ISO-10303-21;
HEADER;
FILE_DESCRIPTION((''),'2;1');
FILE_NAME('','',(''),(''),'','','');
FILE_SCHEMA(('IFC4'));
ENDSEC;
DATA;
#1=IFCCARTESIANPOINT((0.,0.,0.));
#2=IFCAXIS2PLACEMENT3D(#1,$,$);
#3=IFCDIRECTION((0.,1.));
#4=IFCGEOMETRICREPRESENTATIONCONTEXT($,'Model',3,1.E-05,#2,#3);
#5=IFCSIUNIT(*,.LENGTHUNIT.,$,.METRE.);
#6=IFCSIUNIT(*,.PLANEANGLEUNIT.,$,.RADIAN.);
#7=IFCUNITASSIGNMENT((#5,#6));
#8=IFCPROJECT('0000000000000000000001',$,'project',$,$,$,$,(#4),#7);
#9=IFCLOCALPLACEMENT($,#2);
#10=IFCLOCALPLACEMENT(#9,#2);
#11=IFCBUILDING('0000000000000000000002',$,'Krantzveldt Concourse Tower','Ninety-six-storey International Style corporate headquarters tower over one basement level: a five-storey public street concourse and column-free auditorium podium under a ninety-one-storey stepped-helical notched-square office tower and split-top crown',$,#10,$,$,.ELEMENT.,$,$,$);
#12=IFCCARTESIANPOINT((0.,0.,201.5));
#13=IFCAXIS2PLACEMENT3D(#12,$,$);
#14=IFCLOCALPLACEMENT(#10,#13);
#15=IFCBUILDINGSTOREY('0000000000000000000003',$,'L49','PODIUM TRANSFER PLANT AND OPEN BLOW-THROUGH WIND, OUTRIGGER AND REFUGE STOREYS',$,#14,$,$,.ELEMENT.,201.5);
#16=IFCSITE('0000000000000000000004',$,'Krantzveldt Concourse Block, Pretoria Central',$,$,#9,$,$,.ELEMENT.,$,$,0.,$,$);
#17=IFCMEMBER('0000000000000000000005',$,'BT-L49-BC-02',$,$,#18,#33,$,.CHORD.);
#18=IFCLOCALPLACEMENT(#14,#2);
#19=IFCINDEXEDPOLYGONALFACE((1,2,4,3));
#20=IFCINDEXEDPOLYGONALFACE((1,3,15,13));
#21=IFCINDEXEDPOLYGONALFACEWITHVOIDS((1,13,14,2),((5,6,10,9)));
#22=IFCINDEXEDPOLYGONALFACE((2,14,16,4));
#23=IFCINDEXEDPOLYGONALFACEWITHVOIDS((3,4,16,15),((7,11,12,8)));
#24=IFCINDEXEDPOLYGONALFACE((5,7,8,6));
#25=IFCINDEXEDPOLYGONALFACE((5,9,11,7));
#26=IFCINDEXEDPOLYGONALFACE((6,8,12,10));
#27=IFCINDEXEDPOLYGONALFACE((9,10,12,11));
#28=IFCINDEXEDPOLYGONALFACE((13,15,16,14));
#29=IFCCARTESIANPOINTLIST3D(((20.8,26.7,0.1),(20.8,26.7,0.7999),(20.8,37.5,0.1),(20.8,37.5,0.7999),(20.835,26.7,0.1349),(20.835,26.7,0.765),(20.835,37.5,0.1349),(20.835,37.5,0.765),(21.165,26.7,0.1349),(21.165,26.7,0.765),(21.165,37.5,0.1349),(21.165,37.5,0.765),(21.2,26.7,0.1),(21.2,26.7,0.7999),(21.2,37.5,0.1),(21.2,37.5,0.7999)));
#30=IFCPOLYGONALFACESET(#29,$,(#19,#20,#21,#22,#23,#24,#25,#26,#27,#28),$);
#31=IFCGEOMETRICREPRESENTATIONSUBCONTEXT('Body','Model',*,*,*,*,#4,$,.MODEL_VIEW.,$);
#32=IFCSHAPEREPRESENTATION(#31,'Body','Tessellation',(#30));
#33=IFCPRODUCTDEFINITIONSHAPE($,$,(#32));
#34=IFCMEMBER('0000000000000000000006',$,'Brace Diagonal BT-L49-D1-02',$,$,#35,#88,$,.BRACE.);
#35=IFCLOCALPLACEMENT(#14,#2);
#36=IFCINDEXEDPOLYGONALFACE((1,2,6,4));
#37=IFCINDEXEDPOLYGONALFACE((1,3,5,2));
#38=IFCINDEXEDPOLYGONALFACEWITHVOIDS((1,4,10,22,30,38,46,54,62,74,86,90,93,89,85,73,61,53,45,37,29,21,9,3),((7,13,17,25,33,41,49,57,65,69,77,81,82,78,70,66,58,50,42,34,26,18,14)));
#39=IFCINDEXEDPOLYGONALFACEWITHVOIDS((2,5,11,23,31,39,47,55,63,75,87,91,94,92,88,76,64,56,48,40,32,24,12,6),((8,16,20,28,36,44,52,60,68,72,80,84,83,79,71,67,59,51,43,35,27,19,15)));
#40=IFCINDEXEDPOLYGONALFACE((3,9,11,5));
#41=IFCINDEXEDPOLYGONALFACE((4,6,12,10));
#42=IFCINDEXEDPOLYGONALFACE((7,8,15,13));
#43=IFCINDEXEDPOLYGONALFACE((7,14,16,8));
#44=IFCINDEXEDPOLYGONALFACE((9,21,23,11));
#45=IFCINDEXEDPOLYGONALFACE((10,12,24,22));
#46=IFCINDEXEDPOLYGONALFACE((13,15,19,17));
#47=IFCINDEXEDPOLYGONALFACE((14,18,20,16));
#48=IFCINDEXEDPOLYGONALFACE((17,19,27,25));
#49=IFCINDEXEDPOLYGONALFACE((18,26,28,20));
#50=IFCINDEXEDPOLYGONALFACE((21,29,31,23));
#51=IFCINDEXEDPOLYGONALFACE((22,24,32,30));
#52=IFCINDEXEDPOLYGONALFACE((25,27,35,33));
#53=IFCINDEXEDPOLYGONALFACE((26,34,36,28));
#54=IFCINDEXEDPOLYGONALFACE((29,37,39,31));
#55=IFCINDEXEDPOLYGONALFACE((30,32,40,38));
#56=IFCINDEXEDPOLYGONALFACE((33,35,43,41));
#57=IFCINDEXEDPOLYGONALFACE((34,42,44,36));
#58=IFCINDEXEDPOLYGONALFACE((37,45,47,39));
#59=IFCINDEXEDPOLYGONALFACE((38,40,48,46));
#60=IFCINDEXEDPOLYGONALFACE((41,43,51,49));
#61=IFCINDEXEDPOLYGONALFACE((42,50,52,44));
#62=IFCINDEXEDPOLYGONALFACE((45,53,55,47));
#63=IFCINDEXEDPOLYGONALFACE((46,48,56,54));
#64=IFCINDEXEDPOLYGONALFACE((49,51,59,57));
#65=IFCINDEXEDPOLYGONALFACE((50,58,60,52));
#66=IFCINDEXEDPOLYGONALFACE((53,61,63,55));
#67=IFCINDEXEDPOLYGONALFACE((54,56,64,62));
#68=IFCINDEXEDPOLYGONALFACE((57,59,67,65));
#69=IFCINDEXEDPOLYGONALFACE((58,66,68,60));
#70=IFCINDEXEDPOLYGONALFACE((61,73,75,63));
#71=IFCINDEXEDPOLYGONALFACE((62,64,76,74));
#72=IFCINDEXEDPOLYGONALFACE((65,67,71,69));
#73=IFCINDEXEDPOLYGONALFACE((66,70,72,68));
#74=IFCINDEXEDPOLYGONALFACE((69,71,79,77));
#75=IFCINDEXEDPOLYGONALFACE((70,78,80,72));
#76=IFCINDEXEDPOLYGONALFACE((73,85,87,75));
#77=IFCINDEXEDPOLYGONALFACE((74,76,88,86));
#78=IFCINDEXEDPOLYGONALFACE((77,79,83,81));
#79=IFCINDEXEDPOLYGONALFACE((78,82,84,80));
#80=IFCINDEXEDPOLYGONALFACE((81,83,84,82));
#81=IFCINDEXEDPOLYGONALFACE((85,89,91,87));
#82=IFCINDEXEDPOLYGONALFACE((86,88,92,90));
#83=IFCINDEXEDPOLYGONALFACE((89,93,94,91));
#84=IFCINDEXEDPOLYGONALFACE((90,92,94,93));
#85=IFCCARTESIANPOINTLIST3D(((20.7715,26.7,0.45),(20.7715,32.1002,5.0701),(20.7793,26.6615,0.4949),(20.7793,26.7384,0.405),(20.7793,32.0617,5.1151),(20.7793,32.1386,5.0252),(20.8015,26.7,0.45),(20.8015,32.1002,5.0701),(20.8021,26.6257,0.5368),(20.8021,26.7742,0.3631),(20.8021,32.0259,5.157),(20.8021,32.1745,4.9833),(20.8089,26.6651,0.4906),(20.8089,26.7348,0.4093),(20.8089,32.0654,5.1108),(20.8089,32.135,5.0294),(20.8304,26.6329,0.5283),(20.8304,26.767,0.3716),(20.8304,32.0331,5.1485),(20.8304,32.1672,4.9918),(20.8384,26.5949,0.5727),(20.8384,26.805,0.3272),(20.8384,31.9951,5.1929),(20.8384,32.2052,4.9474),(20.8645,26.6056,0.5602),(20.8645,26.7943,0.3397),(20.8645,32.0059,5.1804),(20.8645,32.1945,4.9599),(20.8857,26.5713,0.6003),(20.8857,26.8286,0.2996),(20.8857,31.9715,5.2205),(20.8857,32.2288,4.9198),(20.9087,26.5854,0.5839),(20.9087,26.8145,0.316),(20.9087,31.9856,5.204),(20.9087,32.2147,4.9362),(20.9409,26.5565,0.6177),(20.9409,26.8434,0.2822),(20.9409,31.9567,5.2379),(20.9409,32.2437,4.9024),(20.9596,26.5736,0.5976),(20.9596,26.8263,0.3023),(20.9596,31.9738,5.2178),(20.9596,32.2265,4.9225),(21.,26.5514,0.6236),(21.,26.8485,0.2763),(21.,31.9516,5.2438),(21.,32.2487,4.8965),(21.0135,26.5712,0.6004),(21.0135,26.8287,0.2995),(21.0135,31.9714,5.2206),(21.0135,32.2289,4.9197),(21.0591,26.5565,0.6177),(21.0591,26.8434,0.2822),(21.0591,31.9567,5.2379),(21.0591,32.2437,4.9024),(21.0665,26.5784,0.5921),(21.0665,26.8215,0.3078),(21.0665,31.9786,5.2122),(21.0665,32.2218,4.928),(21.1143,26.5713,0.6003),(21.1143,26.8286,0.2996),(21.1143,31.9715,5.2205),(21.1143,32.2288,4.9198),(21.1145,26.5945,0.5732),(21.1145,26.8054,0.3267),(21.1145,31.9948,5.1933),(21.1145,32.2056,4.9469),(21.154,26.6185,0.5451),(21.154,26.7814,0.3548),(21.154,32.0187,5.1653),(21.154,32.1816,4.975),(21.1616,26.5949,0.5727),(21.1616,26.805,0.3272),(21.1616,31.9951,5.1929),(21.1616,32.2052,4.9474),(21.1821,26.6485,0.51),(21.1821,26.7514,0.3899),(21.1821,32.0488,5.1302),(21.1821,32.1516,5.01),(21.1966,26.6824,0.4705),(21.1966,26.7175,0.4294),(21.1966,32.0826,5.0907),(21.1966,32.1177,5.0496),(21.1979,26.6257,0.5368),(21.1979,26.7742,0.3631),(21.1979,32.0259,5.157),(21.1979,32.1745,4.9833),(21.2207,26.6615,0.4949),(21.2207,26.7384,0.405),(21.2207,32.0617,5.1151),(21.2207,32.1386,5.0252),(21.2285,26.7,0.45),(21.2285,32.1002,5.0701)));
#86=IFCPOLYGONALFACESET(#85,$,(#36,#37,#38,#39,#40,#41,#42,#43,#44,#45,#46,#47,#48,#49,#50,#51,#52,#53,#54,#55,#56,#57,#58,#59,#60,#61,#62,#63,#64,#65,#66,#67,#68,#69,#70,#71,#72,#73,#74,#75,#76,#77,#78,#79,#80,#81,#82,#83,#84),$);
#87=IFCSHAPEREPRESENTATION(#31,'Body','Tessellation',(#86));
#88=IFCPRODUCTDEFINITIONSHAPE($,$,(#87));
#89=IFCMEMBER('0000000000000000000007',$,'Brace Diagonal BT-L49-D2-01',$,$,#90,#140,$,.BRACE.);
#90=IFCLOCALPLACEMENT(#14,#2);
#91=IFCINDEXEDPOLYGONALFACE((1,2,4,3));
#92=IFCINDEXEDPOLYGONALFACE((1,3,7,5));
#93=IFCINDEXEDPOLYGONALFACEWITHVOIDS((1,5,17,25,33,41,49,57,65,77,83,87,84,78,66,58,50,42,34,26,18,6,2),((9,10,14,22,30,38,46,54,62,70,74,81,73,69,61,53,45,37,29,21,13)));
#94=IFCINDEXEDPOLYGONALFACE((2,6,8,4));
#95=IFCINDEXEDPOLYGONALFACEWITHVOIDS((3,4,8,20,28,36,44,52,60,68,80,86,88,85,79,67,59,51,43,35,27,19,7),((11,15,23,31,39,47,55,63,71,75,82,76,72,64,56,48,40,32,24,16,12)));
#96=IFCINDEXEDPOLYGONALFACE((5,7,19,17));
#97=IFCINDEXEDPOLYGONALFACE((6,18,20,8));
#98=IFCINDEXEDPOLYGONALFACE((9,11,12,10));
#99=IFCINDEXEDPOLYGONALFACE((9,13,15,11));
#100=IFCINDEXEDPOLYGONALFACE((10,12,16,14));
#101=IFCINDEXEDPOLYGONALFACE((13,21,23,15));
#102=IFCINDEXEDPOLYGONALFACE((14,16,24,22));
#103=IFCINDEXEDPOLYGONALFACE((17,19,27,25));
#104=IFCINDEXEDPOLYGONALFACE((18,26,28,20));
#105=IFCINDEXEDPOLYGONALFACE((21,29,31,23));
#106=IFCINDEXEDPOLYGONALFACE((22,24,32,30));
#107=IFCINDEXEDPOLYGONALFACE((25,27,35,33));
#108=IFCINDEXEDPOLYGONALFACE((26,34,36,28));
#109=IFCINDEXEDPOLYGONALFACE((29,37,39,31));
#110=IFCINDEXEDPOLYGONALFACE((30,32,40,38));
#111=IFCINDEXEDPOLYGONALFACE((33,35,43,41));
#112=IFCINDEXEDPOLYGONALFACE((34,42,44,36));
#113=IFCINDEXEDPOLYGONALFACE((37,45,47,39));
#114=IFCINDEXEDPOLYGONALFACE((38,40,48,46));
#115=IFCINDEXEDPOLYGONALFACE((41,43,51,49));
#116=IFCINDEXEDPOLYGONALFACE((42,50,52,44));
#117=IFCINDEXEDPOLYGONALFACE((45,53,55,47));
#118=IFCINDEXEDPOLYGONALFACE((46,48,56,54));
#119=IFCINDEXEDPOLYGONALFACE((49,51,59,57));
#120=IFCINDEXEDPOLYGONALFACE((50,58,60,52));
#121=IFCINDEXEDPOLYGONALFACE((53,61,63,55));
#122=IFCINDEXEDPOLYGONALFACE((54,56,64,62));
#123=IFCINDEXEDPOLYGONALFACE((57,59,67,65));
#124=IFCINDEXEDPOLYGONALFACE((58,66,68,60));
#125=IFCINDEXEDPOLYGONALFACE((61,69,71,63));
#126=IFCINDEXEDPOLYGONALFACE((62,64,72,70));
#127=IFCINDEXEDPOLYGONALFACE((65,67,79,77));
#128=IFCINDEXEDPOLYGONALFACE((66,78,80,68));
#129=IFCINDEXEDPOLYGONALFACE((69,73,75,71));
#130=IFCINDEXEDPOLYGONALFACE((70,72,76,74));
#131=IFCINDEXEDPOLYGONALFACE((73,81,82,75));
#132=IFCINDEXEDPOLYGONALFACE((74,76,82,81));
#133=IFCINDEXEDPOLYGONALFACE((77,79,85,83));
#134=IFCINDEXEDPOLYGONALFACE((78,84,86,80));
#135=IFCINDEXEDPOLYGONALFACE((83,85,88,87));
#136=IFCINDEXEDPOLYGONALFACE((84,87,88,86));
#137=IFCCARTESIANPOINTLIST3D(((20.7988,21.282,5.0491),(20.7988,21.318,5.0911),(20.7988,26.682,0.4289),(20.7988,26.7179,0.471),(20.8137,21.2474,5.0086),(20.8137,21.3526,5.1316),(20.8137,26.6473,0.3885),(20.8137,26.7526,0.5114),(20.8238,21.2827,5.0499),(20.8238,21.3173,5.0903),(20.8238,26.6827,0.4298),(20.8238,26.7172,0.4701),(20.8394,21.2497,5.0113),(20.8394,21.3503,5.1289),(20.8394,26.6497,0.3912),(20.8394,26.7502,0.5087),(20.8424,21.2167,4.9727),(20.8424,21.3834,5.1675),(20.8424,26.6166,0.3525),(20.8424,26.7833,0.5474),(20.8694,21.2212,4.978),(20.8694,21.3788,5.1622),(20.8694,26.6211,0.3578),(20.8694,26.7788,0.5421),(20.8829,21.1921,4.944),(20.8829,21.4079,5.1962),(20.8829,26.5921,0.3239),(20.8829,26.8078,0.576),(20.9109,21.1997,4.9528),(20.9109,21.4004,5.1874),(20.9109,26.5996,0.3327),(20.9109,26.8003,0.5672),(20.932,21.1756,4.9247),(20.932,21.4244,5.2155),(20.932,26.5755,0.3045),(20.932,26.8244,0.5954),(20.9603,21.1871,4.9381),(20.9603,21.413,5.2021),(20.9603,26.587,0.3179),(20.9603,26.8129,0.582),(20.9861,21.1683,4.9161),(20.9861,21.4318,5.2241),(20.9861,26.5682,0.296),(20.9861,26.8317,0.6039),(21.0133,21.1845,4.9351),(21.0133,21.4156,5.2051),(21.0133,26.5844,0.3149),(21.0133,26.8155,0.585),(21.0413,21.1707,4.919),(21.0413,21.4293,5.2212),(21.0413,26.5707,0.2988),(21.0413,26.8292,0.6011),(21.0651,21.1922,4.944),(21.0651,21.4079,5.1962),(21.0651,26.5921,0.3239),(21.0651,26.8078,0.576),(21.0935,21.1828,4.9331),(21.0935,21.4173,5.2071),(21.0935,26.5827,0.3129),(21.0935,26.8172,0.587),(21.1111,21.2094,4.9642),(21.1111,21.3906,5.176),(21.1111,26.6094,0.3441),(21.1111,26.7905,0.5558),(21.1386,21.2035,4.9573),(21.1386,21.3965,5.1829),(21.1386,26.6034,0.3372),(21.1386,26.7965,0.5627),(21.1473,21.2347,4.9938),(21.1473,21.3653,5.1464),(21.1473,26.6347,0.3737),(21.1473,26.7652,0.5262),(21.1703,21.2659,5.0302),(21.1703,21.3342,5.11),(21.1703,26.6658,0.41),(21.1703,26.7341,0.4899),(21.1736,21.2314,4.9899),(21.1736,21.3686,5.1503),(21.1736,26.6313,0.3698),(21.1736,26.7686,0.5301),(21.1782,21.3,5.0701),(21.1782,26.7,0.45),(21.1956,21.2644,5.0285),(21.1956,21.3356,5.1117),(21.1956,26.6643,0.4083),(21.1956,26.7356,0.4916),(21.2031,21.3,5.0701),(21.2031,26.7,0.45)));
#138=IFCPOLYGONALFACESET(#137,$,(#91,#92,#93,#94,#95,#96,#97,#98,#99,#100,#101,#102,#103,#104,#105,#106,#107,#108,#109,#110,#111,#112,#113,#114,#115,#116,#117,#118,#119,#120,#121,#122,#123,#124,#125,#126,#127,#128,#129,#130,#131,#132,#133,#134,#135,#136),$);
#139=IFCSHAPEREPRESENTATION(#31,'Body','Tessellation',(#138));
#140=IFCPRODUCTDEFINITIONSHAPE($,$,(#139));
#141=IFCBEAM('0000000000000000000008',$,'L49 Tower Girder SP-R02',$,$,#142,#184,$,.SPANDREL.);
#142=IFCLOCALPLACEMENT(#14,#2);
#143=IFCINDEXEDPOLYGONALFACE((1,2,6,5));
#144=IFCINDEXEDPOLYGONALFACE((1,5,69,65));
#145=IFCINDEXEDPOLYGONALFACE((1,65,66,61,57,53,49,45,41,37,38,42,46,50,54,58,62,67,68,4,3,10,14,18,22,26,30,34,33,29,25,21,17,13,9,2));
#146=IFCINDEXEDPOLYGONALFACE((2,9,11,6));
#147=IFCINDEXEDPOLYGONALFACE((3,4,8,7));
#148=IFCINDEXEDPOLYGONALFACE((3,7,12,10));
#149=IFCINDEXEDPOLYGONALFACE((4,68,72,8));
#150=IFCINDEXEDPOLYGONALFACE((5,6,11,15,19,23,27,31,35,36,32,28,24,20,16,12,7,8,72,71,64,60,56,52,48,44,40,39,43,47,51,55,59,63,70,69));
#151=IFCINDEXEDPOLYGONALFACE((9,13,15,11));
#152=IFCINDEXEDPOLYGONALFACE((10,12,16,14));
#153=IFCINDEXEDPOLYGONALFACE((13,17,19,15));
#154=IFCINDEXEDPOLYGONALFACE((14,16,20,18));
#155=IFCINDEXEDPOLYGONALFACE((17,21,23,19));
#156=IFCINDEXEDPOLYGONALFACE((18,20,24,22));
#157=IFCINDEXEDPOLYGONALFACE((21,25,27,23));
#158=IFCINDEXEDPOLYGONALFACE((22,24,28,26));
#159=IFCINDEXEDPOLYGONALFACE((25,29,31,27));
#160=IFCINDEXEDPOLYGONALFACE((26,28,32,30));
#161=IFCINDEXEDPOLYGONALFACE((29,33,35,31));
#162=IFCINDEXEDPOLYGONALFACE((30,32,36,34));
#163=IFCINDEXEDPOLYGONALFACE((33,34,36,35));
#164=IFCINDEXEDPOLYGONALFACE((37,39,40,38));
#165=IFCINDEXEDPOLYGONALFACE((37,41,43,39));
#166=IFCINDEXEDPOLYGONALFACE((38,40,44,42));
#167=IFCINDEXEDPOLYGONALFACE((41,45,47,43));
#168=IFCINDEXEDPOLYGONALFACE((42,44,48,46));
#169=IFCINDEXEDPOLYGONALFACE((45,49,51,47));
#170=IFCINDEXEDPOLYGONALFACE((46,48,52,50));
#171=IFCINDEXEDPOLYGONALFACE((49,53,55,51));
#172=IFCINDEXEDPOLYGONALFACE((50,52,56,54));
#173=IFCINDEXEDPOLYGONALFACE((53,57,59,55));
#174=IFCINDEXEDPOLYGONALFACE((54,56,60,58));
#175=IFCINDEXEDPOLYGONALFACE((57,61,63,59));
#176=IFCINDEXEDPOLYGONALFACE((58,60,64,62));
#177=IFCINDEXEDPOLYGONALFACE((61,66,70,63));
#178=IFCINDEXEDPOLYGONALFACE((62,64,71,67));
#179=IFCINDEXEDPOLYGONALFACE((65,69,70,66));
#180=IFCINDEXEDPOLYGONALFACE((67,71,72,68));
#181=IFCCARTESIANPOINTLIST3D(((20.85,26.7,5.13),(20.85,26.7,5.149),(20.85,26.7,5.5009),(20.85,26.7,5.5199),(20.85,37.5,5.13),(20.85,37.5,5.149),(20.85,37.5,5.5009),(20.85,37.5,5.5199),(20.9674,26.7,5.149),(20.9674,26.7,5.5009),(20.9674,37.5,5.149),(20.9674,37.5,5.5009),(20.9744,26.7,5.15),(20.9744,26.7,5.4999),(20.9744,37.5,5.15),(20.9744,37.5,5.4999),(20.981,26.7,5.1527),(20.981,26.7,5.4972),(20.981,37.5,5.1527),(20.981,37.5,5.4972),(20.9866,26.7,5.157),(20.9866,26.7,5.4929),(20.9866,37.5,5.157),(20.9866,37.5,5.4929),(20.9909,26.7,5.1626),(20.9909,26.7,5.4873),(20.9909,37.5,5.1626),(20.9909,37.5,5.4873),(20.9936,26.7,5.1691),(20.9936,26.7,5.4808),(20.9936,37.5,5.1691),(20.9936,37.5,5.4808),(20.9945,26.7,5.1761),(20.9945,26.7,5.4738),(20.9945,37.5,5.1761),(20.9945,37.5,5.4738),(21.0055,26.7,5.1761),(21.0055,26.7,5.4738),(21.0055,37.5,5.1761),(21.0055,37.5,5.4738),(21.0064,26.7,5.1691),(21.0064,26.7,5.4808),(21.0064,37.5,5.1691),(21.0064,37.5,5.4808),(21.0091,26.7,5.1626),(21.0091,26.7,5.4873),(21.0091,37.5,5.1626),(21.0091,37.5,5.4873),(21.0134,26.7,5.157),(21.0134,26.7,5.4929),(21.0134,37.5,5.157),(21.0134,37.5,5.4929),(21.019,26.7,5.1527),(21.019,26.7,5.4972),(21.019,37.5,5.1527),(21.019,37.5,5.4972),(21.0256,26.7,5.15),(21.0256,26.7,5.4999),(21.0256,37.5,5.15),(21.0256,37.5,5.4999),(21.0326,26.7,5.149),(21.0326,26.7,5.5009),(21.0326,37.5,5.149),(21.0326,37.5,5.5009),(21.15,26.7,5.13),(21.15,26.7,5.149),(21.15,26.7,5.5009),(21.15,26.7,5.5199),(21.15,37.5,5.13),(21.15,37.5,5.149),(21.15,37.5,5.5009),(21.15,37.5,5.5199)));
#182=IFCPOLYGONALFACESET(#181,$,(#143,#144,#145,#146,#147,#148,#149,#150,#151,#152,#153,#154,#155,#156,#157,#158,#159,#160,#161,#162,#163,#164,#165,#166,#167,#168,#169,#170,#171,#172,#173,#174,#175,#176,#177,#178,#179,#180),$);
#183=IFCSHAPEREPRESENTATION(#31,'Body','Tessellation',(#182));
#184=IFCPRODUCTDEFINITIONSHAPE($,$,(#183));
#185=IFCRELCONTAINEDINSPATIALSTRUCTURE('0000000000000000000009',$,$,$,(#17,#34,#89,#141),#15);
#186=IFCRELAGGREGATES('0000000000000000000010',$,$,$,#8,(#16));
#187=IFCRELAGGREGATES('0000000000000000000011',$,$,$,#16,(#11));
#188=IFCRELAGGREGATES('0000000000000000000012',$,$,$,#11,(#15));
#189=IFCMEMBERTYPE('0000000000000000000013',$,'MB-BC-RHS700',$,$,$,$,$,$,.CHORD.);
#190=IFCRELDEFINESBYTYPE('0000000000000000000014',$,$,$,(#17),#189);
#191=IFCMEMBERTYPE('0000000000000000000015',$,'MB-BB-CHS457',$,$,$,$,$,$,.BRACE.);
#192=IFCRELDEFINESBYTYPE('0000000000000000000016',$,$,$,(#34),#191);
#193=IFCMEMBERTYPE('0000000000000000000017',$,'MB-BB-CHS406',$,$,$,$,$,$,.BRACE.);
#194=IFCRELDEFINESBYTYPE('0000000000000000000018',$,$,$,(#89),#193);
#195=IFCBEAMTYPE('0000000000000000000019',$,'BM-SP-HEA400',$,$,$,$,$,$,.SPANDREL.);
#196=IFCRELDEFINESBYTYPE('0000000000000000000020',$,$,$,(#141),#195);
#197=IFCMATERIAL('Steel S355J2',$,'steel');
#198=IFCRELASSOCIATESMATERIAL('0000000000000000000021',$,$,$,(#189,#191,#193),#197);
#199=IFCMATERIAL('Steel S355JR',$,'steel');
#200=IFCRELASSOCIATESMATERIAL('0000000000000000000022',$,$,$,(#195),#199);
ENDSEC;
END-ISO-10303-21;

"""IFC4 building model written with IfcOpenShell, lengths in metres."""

from ifc_helpers import new_model, si_unit, direction, frame, origin, origin_2d, place, context, subcontext, project, spatial, hollow_rectangle, hollow_circle, i_section, extrude, source, transform, mapped, material, material_profile, profile_set, type_object, type_shapes, element, save


model = new_model("IFC4")

# Units and contexts
model_context = context("Model", 3, precision=1e-05, world=origin(), true_north=direction((0.0, 1.0)))
body_context = subcontext(model_context, "Body", "Model", "MODEL_VIEW")
ifc_project = project(units=[si_unit("LENGTHUNIT", "METRE"), si_unit("PLANEANGLEUNIT", "RADIAN")], contexts=[model_context])

# Site, building, storey
site_placement = place(None, origin())
site = spatial("IfcSite", under=ifc_project, at=site_placement, Name="Krantzveldt Concourse Block, Pretoria Central", CompositionType="ELEMENT", RefElevation=0.0)
building_placement = place(site_placement, origin())
building = spatial("IfcBuilding", under=site, at=building_placement, Name="Krantzveldt Concourse Tower", Description="Ninety-six-storey International Style corporate headquarters tower over one basement level: a five-storey public street concourse and column-free auditorium podium under a ninety-one-storey stepped-helical notched-square office tower and split-top crown", CompositionType="ELEMENT")
storey_placement = place(building_placement, frame((0.0, 0.0, 201.5)))
storey = spatial("IfcBuildingStorey", under=building, at=storey_placement, Name="L49", Description="PODIUM TRANSFER PLANT AND OPEN BLOW-THROUGH WIND, OUTRIGGER AND REFUGE STOREYS", CompositionType="ELEMENT", Elevation=201.5)

# Shared definitions
ifc_material_1 = material(Name="Steel S355JR", Category="steel")
ifc_material_2 = material(Name="Steel S355J2", Category="steel")

# Members
ifc_material_profile_1 = material_profile(ifc_material_2, hollow_rectangle(XDim=0.3999, YDim=0.7, WallThickness=0.0349, at=origin_2d()), Name="Steel S355J2", Category="steel")
ifc_profile_set_1 = profile_set([ifc_material_profile_1], Name="Steel S355J2 - RHS 700x400x35")
member_type_1 = type_object("IfcMemberType", Name="MB-BC-RHS700", PredefinedType="CHORD", material=ifc_profile_set_1)
shared_shape_1 = source(origin(), body_context, "Body", "SweptSolid", [
    extrude(hollow_rectangle(XDim=0.3999, YDim=0.7, WallThickness=0.0349, at=origin_2d()), origin(), (0.0, 0.0, 1.0), 10.8),
])
type_shapes(member_type_1, [shared_shape_1])
member_1_placement = place(storey_placement, frame((21.0, 26.7, 0.45), z_axis=(0.0, 1.0, 0.0), x_axis=(-1.0, 0.0, 0.0)))
element("IfcMember", 1, at=member_1_placement, inside=storey, type_object=member_type_1, Name="BT-L49-BC-02", PredefinedType="CHORD", context=body_context, shape_type="MappedRepresentation", body=[
    mapped(shared_shape_1, transform((0.0, 0.0, 0.0), x_axis=(1.0, 0.0, 0.0), y_axis=(0.0, 1.0, 0.0), z_axis=(0.0, 0.0, 1.0), scale=1.0)),
])
ifc_material_profile_2 = material_profile(ifc_material_2, hollow_circle(Radius=0.2285, WallThickness=0.03, at=origin_2d()), Name="Steel S355J2", Category="steel")
ifc_profile_set_2 = profile_set([ifc_material_profile_2], Name="Steel S355J2 - CHS 457x30")
member_type_2 = type_object("IfcMemberType", Name="MB-BB-CHS457", PredefinedType="BRACE", material=ifc_profile_set_2)
shared_shape_2 = source(origin(), body_context, "Body", "SweptSolid", [
    extrude(hollow_circle(Radius=0.2285, WallThickness=0.03, at=origin_2d()), origin(), (0.0, 0.0, 1.0), 7.1069),
])
type_shapes(member_type_2, [shared_shape_2])
member_2_placement = place(storey_placement, frame((21.0, 26.7, 0.45), z_axis=(0.0, 0.759853, 0.650095), x_axis=(-1.0, 0.0, 0.0)))
element("IfcMember", 2, at=member_2_placement, inside=storey, type_object=member_type_2, Name="Brace Diagonal BT-L49-D1-02", PredefinedType="BRACE", context=body_context, shape_type="MappedRepresentation", body=[
    mapped(shared_shape_2, transform((0.0, 0.0, 0.0), x_axis=(1.0, 0.0, 0.0), y_axis=(0.0, 1.0, 0.0), z_axis=(0.0, 0.0, 1.0), scale=1.0)),
])
ifc_material_profile_3 = material_profile(ifc_material_2, hollow_circle(Radius=0.2031, WallThickness=0.0249, at=origin_2d()), Name="Steel S355J2", Category="steel")
ifc_profile_set_3 = profile_set([ifc_material_profile_3], Name="Steel S355J2 - CHS 406.4x25")
member_type_3 = type_object("IfcMemberType", Name="MB-BB-CHS406", PredefinedType="BRACE", material=ifc_profile_set_3)
shared_shape_3 = source(origin(), body_context, "Body", "SweptSolid", [
    extrude(hollow_circle(Radius=0.2031, WallThickness=0.0249, at=origin_2d()), origin(), (0.0, 0.0, 1.0), 7.1067),
])
type_shapes(member_type_3, [shared_shape_3])
member_3_placement = place(storey_placement, frame((21.0, 26.7, 0.45), z_axis=(0.0, -0.759838, 0.650112), x_axis=(1.0, 0.0, 0.0)))
element("IfcMember", 3, at=member_3_placement, inside=storey, type_object=member_type_3, Name="Brace Diagonal BT-L49-D2-01", PredefinedType="BRACE", context=body_context, shape_type="MappedRepresentation", body=[
    mapped(shared_shape_3, transform((0.0, 0.0, 0.0), x_axis=(1.0, 0.0, 0.0), y_axis=(0.0, 1.0, 0.0), z_axis=(0.0, 0.0, 1.0), scale=1.0)),
])

# Beam
ifc_material_profile_4 = material_profile(ifc_material_1, i_section(OverallWidth=0.3, OverallDepth=0.3899, WebThickness=0.011, FlangeThickness=0.019, FilletRadius=0.0271, at=origin_2d()), Name="Steel S355JR", Category="steel")
ifc_profile_set_4 = profile_set([ifc_material_profile_4], Name="Steel S355JR - HEA 400")
beam_type_1 = type_object("IfcBeamType", Name="BM-SP-HEA400", PredefinedType="SPANDREL", material=ifc_profile_set_4)
shared_shape_4 = source(origin(), body_context, "Body", "SweptSolid", [
    extrude(i_section(OverallWidth=0.3, OverallDepth=0.3899, WebThickness=0.011, FlangeThickness=0.019, FilletRadius=0.0271, at=origin_2d()), origin(), (0.0, 0.0, 1.0), 10.8),
])
type_shapes(beam_type_1, [shared_shape_4])
beam_1_placement = place(storey_placement, frame((21.0, 26.7, 5.325), z_axis=(0.0, 1.0, 0.0), x_axis=(-1.0, 0.0, 0.0)))
element("IfcBeam", 4, at=beam_1_placement, inside=storey, type_object=beam_type_1, Name="L49 Tower Girder SP-R02", PredefinedType="SPANDREL", context=body_context, shape_type="MappedRepresentation", body=[
    mapped(shared_shape_4, transform((0.0, 0.0, 0.0), x_axis=(1.0, 0.0, 0.0), y_axis=(0.0, 1.0, 0.0), z_axis=(0.0, 0.0, 1.0), scale=1.0)),
])

save(model, "model.ifc")
